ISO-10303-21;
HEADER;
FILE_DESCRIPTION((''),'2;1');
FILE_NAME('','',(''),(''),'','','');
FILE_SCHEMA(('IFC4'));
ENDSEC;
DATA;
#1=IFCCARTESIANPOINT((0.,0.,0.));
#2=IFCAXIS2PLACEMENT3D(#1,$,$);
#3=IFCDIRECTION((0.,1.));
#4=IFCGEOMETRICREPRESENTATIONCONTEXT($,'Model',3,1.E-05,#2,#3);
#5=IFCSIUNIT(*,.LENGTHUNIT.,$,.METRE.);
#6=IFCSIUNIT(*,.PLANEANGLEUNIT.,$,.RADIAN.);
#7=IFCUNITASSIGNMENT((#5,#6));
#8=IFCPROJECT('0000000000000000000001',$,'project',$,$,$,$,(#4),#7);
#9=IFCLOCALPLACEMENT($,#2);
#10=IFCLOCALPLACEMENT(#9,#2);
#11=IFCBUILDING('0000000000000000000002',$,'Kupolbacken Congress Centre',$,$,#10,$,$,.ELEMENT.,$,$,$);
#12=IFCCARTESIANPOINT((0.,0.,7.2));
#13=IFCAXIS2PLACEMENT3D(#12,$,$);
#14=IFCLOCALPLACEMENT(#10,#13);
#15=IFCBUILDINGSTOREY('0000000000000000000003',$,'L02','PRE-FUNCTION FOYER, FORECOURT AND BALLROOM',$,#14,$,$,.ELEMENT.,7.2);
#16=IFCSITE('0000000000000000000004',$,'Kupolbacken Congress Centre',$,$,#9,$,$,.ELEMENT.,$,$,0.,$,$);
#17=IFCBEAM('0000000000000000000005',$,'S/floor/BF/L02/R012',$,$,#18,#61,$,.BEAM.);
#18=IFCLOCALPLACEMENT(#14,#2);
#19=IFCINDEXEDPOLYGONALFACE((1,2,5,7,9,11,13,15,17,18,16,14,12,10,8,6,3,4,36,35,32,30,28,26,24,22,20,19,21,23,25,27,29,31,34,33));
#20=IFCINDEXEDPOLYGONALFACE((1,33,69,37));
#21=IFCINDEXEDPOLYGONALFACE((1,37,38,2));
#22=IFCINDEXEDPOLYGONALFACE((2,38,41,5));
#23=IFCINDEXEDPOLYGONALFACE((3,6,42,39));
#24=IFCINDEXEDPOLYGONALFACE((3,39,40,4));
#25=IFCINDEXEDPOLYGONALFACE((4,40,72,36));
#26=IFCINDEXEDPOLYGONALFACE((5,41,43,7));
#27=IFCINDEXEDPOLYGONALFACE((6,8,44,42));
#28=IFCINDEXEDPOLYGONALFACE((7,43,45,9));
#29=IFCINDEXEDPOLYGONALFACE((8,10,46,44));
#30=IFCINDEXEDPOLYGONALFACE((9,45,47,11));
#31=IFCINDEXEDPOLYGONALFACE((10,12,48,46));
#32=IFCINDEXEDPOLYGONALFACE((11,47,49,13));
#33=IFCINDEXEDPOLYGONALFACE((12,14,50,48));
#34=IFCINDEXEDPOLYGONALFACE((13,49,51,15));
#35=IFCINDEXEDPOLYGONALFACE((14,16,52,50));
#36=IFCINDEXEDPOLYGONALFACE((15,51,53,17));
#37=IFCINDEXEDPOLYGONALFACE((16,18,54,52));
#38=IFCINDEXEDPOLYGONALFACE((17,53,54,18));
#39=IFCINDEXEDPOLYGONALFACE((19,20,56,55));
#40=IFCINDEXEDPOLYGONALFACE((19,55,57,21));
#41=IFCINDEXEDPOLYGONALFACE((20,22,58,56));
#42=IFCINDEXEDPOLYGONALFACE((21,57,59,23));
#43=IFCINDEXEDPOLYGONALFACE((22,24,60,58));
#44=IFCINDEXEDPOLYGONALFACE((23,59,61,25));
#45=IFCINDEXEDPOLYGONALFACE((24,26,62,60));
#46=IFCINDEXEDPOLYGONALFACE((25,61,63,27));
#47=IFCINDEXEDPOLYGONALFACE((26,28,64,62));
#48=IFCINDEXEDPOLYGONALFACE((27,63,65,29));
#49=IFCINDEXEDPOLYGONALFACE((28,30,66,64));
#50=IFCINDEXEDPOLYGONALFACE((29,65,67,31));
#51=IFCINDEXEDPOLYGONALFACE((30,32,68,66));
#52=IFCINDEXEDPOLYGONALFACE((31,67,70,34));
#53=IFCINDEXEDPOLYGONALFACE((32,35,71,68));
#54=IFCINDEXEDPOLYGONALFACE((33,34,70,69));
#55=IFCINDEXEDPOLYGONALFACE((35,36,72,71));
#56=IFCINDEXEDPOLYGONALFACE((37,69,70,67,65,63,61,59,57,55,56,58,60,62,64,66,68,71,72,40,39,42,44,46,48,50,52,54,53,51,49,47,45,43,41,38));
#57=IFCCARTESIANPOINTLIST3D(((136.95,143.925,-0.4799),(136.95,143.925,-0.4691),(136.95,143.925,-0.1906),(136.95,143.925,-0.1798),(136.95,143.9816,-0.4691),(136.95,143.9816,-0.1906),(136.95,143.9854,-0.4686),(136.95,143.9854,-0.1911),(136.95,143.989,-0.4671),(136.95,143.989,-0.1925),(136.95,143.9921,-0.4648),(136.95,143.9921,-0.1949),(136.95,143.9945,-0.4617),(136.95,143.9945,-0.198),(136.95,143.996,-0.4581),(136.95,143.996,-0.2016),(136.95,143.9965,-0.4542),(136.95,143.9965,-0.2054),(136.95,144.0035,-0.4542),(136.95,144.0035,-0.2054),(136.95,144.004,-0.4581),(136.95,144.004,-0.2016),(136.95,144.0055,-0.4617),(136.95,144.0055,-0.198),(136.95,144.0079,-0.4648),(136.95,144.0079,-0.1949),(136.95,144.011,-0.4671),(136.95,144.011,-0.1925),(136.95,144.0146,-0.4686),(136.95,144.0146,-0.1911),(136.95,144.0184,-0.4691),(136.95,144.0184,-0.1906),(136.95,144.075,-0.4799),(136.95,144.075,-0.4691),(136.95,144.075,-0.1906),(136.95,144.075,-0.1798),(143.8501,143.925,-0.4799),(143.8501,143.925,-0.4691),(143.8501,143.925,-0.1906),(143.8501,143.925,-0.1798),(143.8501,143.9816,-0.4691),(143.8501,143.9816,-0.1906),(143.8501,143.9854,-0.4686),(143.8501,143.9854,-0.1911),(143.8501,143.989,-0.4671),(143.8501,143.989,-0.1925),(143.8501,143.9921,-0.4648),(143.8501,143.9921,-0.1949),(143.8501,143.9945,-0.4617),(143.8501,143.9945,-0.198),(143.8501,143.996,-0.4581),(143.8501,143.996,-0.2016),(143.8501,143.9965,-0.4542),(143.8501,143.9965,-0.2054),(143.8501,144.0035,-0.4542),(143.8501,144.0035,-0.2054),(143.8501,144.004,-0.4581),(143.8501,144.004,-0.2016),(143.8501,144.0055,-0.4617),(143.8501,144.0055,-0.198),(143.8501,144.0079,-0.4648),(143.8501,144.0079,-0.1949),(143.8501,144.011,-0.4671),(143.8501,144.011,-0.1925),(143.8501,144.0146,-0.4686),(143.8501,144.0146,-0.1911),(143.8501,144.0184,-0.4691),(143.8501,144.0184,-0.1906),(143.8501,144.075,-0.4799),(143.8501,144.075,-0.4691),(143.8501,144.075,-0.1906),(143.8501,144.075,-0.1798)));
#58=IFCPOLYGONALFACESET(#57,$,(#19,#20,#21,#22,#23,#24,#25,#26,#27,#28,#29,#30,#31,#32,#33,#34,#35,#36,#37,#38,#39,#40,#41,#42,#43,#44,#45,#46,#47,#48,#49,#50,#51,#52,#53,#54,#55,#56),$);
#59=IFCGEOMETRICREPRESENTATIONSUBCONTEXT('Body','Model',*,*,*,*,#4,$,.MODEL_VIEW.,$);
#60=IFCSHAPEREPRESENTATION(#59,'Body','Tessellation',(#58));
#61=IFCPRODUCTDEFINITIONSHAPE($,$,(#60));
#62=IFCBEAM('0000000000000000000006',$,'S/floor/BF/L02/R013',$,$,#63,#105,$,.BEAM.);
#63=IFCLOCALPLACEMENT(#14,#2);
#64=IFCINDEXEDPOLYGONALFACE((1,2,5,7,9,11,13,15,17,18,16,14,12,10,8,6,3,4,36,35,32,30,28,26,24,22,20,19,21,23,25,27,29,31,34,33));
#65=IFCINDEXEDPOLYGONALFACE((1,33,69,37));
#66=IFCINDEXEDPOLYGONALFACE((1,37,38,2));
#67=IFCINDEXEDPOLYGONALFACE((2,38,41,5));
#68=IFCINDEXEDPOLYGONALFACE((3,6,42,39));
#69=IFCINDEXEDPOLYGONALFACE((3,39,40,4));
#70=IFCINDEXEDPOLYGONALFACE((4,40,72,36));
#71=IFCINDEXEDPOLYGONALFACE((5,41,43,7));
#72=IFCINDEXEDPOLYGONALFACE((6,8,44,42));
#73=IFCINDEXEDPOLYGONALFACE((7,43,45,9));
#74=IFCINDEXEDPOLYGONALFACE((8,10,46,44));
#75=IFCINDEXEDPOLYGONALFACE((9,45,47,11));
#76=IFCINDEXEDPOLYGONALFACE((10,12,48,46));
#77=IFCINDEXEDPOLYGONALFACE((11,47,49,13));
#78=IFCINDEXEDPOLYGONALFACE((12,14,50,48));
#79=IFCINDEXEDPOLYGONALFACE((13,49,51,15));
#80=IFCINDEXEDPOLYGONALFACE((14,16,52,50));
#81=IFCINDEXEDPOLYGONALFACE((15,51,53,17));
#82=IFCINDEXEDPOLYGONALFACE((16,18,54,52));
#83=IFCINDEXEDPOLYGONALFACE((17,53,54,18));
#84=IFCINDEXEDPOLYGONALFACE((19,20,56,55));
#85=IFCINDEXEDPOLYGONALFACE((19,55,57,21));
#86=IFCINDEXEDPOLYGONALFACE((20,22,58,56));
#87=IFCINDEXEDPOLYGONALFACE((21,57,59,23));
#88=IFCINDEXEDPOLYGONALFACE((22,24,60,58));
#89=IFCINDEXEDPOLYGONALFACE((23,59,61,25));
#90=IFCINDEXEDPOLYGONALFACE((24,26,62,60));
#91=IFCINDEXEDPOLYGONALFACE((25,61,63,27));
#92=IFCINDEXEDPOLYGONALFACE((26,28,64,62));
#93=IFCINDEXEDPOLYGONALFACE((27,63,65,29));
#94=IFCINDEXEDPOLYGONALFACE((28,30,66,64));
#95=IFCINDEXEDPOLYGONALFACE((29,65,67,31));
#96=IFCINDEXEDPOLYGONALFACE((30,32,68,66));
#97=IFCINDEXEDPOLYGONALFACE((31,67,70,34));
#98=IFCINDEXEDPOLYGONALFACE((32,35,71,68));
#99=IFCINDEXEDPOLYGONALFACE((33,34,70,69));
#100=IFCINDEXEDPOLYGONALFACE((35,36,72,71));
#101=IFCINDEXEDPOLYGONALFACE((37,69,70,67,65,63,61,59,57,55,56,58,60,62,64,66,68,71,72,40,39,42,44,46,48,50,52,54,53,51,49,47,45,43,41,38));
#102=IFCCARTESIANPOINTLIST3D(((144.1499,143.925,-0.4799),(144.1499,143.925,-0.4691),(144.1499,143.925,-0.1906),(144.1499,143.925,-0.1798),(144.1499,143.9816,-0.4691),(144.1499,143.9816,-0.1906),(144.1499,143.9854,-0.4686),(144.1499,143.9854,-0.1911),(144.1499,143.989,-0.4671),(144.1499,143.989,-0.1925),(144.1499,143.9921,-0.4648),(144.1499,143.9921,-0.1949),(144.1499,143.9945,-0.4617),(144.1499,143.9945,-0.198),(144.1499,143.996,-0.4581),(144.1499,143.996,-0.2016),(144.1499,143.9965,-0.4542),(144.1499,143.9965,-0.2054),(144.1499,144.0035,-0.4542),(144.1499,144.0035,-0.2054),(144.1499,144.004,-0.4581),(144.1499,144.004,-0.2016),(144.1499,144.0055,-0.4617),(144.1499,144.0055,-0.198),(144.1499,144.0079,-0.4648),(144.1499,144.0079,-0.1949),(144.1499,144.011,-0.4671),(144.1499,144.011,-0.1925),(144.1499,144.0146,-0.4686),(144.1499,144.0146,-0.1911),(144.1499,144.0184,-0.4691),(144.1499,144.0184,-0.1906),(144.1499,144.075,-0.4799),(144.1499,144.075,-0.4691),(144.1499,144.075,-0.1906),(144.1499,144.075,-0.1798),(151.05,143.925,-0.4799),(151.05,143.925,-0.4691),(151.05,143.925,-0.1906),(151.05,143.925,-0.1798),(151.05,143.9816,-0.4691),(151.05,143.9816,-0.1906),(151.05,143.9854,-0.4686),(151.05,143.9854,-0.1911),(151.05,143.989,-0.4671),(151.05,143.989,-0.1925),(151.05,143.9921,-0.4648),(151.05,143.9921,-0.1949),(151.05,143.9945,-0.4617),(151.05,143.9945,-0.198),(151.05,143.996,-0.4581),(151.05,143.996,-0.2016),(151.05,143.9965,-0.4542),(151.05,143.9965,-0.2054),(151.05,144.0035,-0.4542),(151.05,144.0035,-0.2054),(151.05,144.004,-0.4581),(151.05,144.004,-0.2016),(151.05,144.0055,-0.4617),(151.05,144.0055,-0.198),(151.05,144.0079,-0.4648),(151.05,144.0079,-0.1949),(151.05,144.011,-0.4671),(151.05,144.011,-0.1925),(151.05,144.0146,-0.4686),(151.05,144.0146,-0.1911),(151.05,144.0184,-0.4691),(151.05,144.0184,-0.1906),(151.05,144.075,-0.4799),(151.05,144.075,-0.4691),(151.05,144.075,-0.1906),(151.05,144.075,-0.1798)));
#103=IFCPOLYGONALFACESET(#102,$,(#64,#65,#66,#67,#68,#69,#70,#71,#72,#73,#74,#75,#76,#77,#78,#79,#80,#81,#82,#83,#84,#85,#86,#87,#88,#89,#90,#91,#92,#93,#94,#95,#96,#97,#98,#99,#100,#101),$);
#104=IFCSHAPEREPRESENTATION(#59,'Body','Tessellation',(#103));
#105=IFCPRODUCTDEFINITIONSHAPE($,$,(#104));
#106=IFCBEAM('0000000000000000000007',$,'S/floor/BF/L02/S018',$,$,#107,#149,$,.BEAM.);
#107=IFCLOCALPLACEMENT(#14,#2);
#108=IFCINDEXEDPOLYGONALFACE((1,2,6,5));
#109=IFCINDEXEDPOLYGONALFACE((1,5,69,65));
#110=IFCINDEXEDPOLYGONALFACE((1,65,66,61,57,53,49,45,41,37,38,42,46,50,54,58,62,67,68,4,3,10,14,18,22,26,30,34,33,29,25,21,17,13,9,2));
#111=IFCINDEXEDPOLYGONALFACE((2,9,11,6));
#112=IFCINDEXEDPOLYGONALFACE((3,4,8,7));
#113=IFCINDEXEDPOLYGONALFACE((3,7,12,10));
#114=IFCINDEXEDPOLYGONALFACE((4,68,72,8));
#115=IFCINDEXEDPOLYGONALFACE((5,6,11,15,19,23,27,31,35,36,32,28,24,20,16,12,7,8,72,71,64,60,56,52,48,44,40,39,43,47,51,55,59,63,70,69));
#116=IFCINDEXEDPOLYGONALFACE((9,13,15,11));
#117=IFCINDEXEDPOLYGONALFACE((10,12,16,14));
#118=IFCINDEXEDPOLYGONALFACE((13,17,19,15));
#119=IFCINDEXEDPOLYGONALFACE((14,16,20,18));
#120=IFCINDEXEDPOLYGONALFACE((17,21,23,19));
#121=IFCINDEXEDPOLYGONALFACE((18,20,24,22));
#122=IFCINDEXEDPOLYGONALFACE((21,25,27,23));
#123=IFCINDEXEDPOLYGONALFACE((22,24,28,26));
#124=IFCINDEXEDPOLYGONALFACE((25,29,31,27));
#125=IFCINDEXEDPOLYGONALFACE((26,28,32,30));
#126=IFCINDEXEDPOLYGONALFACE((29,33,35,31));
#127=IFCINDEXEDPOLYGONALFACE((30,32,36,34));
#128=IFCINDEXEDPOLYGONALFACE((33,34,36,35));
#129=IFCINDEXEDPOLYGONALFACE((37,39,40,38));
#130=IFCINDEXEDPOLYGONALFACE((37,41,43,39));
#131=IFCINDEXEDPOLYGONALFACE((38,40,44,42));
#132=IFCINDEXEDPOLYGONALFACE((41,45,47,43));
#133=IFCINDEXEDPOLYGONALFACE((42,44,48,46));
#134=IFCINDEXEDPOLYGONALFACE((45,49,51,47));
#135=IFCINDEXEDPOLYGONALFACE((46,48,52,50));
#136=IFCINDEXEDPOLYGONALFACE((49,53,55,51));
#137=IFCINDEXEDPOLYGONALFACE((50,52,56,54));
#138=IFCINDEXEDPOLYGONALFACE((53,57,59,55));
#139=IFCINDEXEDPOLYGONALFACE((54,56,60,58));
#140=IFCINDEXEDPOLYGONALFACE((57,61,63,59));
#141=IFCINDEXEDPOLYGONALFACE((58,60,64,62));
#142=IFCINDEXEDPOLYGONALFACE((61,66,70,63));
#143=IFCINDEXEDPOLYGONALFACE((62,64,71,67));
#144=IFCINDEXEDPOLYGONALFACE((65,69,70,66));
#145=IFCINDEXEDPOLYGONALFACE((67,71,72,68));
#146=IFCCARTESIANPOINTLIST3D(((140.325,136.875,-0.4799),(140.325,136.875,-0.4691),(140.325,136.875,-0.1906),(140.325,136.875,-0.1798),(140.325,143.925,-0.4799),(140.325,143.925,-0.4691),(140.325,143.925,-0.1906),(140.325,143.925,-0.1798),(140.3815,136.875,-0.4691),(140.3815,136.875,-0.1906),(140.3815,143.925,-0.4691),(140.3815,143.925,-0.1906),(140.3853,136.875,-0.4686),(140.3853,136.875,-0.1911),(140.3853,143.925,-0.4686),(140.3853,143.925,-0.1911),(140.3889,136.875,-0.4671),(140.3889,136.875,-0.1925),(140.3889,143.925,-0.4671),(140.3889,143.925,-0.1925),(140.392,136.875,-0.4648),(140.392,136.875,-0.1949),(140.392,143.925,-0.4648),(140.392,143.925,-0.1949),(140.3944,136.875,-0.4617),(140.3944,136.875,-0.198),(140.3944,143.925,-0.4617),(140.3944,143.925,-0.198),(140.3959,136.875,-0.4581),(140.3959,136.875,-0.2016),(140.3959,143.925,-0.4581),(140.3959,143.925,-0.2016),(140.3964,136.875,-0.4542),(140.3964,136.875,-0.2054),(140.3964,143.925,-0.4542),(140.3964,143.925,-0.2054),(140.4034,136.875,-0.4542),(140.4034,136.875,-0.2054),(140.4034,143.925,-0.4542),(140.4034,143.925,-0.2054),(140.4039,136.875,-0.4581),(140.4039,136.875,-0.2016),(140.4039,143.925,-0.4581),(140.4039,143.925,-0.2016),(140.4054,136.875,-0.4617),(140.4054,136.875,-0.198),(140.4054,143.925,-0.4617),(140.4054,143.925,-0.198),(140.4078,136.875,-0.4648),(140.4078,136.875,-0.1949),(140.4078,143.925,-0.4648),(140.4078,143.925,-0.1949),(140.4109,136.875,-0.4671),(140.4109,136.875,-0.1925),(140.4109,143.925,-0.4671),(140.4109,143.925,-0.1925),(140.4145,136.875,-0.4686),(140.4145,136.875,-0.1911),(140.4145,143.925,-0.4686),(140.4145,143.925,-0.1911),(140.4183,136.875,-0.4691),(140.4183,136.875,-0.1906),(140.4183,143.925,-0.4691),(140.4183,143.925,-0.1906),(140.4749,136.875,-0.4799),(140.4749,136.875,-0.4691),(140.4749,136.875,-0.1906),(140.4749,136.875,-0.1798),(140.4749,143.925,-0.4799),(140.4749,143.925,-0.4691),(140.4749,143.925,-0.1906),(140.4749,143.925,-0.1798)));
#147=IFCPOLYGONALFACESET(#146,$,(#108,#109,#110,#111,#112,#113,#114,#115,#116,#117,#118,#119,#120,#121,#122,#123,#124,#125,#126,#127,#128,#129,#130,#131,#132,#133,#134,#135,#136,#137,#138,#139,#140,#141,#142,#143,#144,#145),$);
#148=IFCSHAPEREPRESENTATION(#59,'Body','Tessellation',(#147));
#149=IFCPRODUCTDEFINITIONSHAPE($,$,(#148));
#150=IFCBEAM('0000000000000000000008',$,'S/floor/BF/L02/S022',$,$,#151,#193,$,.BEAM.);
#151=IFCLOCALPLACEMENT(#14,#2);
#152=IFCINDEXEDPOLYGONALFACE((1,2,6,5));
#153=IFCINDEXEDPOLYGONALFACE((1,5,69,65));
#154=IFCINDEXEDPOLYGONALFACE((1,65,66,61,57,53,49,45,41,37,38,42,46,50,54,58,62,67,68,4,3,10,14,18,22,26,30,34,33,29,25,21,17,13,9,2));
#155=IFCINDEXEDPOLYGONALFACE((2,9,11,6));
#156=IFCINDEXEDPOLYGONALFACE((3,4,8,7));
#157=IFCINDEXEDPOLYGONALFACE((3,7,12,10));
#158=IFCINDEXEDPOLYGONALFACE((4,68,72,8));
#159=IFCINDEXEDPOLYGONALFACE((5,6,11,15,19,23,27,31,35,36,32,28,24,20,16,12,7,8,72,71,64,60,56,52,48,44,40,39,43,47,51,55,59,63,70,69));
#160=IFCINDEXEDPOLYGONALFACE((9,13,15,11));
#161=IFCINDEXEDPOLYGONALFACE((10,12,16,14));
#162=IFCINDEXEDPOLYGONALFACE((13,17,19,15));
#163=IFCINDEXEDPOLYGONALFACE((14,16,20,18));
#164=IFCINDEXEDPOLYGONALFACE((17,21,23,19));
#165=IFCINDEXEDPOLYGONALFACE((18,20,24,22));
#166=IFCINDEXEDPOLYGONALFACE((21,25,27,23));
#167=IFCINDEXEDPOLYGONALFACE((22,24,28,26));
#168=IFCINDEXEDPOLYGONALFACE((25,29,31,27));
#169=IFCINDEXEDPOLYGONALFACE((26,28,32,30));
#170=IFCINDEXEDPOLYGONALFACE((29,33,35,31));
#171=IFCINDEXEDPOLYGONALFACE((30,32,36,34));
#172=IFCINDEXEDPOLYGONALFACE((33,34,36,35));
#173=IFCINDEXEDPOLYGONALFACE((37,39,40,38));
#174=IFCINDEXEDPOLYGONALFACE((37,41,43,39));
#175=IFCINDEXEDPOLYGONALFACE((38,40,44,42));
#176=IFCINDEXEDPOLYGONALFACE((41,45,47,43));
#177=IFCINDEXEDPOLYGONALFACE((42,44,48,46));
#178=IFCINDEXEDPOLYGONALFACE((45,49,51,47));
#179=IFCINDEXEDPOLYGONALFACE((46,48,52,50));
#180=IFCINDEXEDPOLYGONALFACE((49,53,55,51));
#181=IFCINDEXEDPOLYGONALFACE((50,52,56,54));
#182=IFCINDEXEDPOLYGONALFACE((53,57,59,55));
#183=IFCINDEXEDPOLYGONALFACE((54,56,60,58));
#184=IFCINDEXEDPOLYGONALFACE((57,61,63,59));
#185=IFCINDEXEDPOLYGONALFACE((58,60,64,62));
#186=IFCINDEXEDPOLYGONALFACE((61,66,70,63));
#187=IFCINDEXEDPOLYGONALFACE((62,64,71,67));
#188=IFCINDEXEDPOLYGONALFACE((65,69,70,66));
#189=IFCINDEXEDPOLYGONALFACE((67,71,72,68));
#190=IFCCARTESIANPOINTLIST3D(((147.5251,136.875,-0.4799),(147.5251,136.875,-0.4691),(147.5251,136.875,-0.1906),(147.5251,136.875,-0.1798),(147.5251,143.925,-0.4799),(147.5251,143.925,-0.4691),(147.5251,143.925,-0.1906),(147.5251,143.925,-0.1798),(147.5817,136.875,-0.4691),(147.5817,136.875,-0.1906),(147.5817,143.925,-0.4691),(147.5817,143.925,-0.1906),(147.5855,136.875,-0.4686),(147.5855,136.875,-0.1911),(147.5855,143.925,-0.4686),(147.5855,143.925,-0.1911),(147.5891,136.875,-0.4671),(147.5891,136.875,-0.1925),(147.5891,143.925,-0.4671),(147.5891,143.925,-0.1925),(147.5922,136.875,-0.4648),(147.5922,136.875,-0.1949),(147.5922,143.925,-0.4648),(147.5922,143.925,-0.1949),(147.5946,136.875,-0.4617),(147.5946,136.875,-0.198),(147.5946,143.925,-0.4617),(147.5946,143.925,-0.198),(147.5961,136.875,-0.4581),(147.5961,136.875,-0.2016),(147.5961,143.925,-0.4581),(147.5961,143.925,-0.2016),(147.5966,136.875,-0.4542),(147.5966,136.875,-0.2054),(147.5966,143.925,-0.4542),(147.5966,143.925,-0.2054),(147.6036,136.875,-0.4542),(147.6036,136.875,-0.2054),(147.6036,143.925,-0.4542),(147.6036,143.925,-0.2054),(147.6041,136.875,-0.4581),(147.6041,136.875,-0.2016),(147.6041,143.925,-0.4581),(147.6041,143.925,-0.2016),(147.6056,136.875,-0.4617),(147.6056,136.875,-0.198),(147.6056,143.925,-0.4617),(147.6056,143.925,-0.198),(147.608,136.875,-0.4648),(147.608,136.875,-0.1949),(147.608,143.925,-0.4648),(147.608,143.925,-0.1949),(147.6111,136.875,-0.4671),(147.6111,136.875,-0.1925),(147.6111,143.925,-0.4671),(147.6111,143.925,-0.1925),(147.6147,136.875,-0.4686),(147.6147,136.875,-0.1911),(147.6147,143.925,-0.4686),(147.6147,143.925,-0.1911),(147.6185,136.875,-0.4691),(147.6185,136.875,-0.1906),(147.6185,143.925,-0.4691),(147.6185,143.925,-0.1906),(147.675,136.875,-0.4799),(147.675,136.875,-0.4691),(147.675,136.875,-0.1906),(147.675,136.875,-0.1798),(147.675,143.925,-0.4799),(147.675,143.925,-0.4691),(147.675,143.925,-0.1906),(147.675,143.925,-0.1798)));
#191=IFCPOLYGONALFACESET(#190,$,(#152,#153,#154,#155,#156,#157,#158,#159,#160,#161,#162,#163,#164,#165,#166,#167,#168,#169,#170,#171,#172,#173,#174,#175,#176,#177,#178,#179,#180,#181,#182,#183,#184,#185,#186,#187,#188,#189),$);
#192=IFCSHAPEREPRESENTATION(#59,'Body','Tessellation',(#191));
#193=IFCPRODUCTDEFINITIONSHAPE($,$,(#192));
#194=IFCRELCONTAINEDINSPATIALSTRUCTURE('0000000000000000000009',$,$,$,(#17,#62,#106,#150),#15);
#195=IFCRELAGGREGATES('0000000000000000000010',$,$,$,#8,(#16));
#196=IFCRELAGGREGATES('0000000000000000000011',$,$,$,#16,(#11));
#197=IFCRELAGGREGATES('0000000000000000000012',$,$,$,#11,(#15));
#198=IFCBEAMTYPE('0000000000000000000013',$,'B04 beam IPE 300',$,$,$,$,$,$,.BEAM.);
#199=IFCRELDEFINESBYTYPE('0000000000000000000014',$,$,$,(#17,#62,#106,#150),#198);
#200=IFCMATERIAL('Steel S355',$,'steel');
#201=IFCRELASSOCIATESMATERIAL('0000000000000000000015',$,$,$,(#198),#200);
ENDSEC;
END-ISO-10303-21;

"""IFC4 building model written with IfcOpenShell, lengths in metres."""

from ifc_helpers import new_model, si_unit, direction, frame, origin, origin_2d, place, context, subcontext, project, spatial, i_section, extrude, material, material_profile, profile_set, type_object, element, save


model = new_model("IFC4")

# Units and contexts
model_context = context("Model", 3, precision=1e-05, world=origin(), true_north=direction((0.0, 1.0)))
body_context = subcontext(model_context, "Body", "Model", "MODEL_VIEW")
ifc_project = project(units=[si_unit("LENGTHUNIT", "METRE"), si_unit("PLANEANGLEUNIT", "RADIAN")], contexts=[model_context])

# Site, building, storey
site_placement = place(None, origin())
site = spatial("IfcSite", under=ifc_project, at=site_placement, Name="Kupolbacken Congress Centre", CompositionType="ELEMENT", RefElevation=0.0)
building_placement = place(site_placement, origin())
building = spatial("IfcBuilding", under=site, at=building_placement, Name="Kupolbacken Congress Centre", CompositionType="ELEMENT")
storey_placement = place(building_placement, frame((0.0, 0.0, 7.2)))
storey = spatial("IfcBuildingStorey", under=building, at=storey_placement, Name="L02", Description="PRE-FUNCTION FOYER, FORECOURT AND BALLROOM", CompositionType="ELEMENT", Elevation=7.2)

# Beams
ifc_material_1 = material(Name="Steel S355", Category="steel")
ifc_material_profile_1 = material_profile(ifc_material_1, i_section(OverallWidth=0.1499, OverallDepth=0.3, WebThickness=0.0071, FlangeThickness=0.0107, FilletRadius=0.0149, at=origin_2d()), Name="IPE 300")
ifc_profile_set_1 = profile_set([ifc_material_profile_1], Name="Steel S355")
beam_type_1 = type_object("IfcBeamType", Name="B04 beam IPE 300", PredefinedType="BEAM", material=ifc_profile_set_1)
for number, where, z_axis, x_axis, name in (
    (1, (136.95, 144.0, -0.3298), (1.0, 0.0, 0.0), (0.0, 1.0, 0.0), "S/floor/BF/L02/R012"),
    (2, (144.1499, 144.0, -0.3298), (1.0, 0.0, 0.0), (0.0, 1.0, 0.0), "S/floor/BF/L02/R013"),
):
    element("IfcBeam", number, at=place(storey_placement, frame(where, z_axis=z_axis, x_axis=x_axis)), inside=storey, type_object=beam_type_1, Name=name, PredefinedType="BEAM", context=body_context, shape_type="SweptSolid", body=[
        extrude(i_section(OverallWidth=0.1499, OverallDepth=0.3, WebThickness=0.0071, FlangeThickness=0.0107, FilletRadius=0.0149, at=origin_2d()), origin(), (0.0, 0.0, 1.0), 6.9001),
    ])
for number, where, z_axis, x_axis, name in (
    (3, (140.3999, 136.875, -0.3298), (0.0, 1.0, 0.0), (-1.0, 0.0, 0.0), "S/floor/BF/L02/S018"),
    (4, (147.6001, 136.875, -0.3298), (0.0, 1.0, 0.0), (-1.0, 0.0, 0.0), "S/floor/BF/L02/S022"),
):
    element("IfcBeam", number, at=place(storey_placement, frame(where, z_axis=z_axis, x_axis=x_axis)), inside=storey, type_object=beam_type_1, Name=name, PredefinedType="BEAM", context=body_context, shape_type="SweptSolid", body=[
        extrude(i_section(OverallWidth=0.1499, OverallDepth=0.3, WebThickness=0.0071, FlangeThickness=0.0107, FilletRadius=0.0149, at=origin_2d()), origin(), (0.0, 0.0, 1.0), 7.05),
    ])

save(model, "model.ifc")
